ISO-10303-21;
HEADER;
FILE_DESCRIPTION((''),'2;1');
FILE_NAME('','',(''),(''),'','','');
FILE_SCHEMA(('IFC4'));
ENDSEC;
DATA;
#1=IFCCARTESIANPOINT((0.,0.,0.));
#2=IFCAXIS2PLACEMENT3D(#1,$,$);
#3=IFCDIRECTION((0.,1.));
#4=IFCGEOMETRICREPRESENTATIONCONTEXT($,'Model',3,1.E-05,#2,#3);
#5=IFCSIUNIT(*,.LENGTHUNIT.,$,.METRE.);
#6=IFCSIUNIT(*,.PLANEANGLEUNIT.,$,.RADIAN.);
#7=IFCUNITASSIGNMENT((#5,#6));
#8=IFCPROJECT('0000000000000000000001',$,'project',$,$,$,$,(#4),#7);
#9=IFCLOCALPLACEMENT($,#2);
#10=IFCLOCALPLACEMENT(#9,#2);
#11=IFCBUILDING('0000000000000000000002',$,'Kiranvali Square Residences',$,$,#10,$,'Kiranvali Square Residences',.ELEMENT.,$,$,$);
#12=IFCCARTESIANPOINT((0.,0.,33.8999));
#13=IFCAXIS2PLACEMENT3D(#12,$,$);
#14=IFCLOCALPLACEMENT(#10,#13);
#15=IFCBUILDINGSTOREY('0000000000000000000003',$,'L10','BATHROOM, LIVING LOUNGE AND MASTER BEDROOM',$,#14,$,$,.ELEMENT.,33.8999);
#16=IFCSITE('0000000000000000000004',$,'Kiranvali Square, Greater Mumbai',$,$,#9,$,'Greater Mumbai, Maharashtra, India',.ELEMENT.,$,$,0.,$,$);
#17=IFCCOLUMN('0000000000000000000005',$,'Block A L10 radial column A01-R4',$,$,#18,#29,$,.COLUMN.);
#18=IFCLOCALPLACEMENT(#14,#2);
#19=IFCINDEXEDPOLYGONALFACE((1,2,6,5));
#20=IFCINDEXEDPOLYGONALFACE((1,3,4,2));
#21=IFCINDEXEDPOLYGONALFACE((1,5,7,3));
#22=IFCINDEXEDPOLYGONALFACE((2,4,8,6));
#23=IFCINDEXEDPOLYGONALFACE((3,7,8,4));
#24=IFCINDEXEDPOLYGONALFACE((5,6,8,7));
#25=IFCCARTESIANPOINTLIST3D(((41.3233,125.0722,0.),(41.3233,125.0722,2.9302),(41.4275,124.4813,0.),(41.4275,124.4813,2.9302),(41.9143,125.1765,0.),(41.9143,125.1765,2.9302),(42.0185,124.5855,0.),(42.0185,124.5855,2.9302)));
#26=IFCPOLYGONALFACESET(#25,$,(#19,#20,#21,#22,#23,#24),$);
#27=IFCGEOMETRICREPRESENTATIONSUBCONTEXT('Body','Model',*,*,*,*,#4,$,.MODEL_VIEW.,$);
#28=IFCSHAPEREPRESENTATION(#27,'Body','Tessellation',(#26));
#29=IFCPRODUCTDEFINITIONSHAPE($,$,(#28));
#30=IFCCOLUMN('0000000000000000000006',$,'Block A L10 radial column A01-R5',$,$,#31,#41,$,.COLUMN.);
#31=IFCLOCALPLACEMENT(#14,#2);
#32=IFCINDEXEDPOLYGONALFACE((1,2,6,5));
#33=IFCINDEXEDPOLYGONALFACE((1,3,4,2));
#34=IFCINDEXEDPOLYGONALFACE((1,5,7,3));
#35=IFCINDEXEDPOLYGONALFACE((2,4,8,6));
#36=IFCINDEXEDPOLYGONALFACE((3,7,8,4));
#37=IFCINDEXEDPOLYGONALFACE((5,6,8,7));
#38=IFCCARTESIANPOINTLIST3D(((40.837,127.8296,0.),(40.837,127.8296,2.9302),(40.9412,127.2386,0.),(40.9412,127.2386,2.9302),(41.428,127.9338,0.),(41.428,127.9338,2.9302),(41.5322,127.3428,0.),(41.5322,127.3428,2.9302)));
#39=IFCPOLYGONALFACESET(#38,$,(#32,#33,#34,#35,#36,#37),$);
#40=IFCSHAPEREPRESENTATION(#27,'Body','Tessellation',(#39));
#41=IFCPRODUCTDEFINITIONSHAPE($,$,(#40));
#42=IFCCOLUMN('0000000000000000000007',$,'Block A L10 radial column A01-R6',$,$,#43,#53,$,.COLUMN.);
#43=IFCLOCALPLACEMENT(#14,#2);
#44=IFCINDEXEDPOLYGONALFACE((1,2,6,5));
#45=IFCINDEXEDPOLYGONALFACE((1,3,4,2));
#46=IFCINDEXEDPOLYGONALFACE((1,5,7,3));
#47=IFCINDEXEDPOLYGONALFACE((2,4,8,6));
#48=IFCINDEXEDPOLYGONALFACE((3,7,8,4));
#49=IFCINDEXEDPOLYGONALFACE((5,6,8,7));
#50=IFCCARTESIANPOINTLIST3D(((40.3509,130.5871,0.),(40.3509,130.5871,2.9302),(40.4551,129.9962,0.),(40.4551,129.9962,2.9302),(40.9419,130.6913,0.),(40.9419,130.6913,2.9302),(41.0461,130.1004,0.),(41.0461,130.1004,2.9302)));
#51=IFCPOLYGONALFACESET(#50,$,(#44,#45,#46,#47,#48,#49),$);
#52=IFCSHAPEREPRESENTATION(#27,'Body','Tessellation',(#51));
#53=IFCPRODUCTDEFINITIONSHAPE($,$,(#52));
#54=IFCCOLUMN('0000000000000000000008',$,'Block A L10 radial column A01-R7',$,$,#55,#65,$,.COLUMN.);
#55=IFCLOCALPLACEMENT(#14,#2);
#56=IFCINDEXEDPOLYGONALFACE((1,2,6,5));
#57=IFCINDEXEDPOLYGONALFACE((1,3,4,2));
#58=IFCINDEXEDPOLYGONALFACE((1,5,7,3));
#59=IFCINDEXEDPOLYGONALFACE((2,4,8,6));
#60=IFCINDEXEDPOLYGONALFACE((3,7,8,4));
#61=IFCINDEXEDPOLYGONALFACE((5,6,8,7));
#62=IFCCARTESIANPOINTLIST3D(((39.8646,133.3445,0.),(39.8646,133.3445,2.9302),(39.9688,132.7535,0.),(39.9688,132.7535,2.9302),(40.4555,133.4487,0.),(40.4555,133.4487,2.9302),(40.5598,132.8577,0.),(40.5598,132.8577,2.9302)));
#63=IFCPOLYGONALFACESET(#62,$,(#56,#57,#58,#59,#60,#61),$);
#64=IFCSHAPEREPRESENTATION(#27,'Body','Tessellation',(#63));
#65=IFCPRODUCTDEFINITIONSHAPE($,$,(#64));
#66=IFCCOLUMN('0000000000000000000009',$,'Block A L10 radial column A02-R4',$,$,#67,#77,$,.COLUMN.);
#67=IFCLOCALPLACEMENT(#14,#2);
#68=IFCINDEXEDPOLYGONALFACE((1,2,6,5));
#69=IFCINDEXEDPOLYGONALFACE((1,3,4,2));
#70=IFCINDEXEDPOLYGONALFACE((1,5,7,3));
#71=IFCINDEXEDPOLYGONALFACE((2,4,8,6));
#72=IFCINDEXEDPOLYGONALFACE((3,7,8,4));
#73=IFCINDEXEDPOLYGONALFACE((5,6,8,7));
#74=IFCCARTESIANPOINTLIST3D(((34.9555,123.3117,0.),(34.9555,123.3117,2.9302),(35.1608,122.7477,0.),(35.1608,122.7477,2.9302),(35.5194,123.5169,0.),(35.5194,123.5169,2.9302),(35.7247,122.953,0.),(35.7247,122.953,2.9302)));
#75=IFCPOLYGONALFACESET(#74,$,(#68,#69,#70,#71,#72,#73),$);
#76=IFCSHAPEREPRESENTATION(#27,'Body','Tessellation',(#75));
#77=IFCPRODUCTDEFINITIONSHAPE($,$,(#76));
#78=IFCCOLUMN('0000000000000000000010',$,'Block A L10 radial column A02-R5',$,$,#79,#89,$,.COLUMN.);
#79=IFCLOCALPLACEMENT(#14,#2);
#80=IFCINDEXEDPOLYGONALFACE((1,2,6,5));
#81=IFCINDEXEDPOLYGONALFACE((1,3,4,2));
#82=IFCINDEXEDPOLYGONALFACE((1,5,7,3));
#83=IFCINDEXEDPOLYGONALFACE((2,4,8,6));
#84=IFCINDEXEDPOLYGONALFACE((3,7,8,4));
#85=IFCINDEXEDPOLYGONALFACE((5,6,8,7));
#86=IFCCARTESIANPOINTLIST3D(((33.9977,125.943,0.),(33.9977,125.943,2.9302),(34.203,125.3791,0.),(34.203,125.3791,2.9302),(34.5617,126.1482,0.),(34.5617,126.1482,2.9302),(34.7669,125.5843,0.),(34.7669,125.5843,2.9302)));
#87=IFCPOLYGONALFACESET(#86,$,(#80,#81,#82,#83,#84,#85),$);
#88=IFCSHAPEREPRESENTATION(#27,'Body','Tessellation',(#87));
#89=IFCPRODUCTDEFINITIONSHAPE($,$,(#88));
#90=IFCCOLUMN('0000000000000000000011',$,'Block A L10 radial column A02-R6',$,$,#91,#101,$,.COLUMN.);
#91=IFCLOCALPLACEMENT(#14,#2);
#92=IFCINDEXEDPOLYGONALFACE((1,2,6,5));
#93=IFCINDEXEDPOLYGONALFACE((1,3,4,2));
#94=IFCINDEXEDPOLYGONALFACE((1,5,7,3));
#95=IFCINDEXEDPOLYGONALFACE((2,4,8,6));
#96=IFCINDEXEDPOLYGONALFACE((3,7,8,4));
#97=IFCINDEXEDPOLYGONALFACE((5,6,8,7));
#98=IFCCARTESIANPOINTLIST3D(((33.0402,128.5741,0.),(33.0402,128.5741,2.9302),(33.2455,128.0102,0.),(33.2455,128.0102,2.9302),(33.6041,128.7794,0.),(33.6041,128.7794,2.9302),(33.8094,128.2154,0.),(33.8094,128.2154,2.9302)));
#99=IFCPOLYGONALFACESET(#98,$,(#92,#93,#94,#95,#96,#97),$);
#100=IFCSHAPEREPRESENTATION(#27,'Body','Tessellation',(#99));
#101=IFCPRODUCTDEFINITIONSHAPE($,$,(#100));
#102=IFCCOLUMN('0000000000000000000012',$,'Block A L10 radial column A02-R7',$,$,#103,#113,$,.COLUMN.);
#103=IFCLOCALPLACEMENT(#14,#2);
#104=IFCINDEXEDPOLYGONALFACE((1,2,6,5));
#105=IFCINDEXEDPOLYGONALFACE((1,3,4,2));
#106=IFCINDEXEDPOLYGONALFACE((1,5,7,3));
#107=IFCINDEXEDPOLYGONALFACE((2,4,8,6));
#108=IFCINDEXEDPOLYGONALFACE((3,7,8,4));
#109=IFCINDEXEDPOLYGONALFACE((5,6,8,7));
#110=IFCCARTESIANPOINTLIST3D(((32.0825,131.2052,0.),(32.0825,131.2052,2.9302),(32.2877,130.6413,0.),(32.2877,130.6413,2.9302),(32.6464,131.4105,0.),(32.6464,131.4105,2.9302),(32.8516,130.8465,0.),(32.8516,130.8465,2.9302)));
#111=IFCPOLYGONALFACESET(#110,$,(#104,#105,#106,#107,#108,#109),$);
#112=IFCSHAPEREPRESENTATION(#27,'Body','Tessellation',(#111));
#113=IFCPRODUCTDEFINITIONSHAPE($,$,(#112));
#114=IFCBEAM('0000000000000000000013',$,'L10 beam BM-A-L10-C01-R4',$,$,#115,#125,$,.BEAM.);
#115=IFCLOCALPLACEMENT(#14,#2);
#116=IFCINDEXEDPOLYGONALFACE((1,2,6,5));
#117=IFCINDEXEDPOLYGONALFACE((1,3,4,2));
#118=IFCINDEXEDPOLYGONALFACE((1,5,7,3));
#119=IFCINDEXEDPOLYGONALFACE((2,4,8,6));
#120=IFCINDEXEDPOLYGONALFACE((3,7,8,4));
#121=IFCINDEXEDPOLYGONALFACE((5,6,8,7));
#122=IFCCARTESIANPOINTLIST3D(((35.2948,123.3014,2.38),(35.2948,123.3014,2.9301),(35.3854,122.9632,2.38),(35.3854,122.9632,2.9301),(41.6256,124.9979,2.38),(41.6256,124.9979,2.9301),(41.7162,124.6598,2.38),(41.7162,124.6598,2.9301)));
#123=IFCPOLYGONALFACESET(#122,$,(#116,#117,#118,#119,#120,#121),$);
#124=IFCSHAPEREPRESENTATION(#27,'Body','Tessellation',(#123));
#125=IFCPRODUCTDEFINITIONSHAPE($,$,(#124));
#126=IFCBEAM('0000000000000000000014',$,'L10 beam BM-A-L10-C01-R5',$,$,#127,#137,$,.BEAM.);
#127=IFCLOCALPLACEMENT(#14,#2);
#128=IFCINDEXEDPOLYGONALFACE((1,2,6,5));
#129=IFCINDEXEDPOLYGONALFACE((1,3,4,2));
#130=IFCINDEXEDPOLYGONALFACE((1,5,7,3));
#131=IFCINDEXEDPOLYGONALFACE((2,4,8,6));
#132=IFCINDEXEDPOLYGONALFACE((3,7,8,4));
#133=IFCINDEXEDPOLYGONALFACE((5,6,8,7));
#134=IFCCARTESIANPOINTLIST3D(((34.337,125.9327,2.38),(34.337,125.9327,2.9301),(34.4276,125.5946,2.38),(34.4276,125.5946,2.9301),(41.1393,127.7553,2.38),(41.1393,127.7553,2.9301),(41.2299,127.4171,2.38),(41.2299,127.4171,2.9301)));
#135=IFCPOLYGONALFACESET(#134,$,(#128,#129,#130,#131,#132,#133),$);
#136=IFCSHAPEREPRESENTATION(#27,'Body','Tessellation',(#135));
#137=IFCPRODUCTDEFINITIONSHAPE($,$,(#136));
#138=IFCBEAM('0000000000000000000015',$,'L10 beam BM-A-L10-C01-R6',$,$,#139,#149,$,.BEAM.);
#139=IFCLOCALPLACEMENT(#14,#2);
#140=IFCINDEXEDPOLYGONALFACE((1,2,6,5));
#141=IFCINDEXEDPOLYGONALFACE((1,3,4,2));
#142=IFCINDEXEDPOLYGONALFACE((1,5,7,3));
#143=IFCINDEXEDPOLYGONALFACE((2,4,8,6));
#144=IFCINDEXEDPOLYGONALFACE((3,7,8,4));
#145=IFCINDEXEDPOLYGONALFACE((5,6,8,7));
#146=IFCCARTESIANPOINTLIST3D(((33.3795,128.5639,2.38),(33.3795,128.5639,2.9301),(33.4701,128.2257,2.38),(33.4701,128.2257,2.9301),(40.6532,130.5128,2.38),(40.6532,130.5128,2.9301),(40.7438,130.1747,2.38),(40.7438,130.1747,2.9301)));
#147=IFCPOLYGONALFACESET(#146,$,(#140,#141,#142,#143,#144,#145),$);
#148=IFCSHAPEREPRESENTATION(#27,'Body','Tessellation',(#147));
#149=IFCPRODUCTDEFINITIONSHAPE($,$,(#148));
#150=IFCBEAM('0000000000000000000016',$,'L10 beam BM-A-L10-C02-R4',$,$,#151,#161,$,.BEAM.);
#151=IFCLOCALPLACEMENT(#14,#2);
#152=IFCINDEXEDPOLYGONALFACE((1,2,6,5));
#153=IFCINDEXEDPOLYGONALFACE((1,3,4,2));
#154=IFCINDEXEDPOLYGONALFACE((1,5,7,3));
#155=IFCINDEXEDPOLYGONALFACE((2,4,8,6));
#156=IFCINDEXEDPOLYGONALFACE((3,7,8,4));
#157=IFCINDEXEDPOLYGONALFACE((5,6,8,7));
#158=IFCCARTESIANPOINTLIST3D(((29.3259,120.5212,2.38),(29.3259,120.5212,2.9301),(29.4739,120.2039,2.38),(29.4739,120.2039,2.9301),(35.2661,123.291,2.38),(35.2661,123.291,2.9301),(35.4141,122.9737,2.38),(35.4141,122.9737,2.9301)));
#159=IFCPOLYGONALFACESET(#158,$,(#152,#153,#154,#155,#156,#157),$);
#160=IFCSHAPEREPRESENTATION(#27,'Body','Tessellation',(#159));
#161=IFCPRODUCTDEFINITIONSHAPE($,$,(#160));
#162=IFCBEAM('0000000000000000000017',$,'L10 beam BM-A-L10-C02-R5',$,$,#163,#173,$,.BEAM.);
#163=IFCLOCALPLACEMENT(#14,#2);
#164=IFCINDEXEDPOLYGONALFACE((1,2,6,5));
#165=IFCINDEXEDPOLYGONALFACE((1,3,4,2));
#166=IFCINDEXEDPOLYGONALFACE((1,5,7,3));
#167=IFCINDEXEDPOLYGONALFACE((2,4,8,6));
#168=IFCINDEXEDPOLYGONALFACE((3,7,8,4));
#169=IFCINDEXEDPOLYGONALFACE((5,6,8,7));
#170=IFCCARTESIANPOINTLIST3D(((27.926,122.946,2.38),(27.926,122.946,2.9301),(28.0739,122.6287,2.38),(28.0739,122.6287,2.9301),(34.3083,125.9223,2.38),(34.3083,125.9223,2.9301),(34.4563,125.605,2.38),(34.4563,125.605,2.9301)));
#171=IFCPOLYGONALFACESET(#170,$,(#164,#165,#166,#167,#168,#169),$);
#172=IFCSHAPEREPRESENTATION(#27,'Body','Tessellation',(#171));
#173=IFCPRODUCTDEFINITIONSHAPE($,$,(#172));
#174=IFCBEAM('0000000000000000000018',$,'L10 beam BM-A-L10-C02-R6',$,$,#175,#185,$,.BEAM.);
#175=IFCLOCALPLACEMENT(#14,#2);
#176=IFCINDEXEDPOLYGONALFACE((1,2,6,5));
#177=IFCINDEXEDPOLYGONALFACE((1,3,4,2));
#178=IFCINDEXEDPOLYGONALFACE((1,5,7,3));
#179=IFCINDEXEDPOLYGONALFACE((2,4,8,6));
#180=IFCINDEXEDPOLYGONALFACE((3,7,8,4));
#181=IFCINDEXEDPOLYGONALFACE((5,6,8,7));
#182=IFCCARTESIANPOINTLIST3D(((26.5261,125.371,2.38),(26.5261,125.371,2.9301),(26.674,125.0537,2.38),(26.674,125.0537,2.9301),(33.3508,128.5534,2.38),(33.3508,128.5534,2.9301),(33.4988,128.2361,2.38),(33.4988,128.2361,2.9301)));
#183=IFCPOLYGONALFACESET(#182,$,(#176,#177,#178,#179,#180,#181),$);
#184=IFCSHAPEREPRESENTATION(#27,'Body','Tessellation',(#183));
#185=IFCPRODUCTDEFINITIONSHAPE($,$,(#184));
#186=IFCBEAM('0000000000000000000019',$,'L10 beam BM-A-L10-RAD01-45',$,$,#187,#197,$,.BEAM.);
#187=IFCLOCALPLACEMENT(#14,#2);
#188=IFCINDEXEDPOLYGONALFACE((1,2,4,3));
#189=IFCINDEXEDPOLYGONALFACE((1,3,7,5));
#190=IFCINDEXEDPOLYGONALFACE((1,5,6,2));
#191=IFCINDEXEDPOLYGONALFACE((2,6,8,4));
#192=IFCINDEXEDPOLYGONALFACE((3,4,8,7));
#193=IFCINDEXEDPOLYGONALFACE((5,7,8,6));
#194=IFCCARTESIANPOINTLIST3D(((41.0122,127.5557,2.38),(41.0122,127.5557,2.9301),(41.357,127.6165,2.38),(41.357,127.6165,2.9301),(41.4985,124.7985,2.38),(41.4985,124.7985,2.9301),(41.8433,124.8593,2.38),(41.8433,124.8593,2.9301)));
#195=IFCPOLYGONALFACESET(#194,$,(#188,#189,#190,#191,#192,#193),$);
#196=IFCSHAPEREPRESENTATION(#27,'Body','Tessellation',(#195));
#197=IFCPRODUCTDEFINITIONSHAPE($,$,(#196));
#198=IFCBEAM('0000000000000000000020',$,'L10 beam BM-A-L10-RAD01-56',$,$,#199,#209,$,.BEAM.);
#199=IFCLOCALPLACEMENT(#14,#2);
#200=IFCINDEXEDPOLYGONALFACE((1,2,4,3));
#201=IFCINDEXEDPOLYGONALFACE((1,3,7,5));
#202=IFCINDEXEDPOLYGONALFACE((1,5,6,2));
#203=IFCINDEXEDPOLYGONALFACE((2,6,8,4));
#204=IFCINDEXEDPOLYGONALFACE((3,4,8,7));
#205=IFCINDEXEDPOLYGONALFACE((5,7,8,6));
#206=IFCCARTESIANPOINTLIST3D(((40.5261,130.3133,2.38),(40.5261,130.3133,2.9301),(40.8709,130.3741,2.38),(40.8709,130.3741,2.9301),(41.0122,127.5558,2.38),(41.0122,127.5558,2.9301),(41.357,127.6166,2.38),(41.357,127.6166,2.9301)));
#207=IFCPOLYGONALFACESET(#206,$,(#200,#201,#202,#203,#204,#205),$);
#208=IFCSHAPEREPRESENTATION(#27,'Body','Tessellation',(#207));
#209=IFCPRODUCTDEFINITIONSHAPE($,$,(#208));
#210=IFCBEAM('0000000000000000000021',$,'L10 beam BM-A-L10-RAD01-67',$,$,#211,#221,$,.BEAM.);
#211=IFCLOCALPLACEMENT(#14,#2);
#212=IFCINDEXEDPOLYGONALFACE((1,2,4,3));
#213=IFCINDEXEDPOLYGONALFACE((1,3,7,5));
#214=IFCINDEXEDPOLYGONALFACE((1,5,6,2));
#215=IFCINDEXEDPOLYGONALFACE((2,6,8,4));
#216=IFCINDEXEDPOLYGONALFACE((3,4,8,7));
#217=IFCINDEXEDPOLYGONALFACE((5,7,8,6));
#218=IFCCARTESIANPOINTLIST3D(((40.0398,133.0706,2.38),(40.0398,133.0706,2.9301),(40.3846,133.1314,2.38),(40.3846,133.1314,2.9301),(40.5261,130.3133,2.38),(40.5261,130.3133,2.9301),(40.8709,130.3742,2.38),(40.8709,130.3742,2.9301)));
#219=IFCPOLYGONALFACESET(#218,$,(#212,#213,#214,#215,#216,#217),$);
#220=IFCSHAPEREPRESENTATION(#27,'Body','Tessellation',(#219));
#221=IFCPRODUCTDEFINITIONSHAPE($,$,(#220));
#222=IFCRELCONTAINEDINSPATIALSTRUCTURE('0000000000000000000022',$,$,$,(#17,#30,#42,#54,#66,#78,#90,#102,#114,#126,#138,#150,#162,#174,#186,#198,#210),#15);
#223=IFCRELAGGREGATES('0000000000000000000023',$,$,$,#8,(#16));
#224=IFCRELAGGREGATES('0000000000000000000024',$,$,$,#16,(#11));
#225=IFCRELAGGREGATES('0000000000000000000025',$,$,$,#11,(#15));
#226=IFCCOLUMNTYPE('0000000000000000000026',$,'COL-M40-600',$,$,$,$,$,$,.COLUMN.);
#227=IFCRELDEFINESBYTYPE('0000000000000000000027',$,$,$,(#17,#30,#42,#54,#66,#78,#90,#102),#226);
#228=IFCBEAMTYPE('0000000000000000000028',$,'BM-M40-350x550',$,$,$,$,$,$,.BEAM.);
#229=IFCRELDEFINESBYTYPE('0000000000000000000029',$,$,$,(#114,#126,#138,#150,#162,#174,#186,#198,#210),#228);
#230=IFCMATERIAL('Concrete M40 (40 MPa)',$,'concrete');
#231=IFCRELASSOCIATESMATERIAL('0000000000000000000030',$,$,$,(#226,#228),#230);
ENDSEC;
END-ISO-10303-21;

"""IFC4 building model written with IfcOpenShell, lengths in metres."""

from ifc_helpers import new_model, si_unit, direction, frame, origin, origin_2d, place, context, subcontext, project, spatial, rectangle, extrude, material, material_profile, profile_set, type_object, element, save


model = new_model("IFC4")

# Units and contexts
model_context = context("Model", 3, precision=1e-05, world=origin(), true_north=direction((0.0, 1.0)))
body_context = subcontext(model_context, "Body", "Model", "MODEL_VIEW")
ifc_project = project(units=[si_unit("LENGTHUNIT", "METRE"), si_unit("PLANEANGLEUNIT", "RADIAN")], contexts=[model_context])

# Site, building, storey
site_placement = place(None, origin())
site = spatial("IfcSite", under=ifc_project, at=site_placement, Name="Kiranvali Square, Greater Mumbai", LongName="Greater Mumbai, Maharashtra, India", CompositionType="ELEMENT", RefElevation=0.0)
building_placement = place(site_placement, origin())
building = spatial("IfcBuilding", under=site, at=building_placement, Name="Kiranvali Square Residences", LongName="Kiranvali Square Residences", CompositionType="ELEMENT")
storey_placement = place(building_placement, frame((0.0, 0.0, 33.8999)))
storey = spatial("IfcBuildingStorey", under=building, at=storey_placement, Name="L10", Description="BATHROOM, LIVING LOUNGE AND MASTER BEDROOM", CompositionType="ELEMENT", Elevation=33.8999)

# Columns
ifc_material_1 = material(Name="Concrete M40 (40 MPa)", Category="concrete")
ifc_material_profile_1 = material_profile(ifc_material_1, rectangle(XDim=0.6001, YDim=0.6001, at=origin_2d()), Name="RC 600x600")
ifc_profile_set_1 = profile_set([ifc_material_profile_1], Name="Concrete M40 (40 MPa)")
column_type = type_object("IfcColumnType", Name="COL-M40-600", PredefinedType="COLUMN", material=ifc_profile_set_1)
for number, where, z_axis, x_axis, name in (
    (1, (41.6709, 124.8289, 0.0), (0.0, 0.0, 1.0), (0.984808, 0.173648, 0.0), "Block A L10 radial column A01-R4"),
    (2, (41.1846, 127.5862, 0.0), (0.0, 0.0, 1.0), (0.984808, 0.173648, 0.0), "Block A L10 radial column A01-R5"),
    (3, (40.6985, 130.3438, 0.0), (0.0, 0.0, 1.0), (0.984808, 0.173648, 0.0), "Block A L10 radial column A01-R6"),
    (4, (40.2122, 133.1011, 0.0), (0.0, 0.0, 1.0), (0.984808, 0.173648, 0.0), "Block A L10 radial column A01-R7"),
    (5, (35.3401, 123.1323, 0.0), (0.0, 0.0, 1.0), (0.939693, 0.34202, 0.0), "Block A L10 radial column A02-R4"),
    (6, (34.3823, 125.7637, 0.0), (0.0, 0.0, 1.0), (0.939693, 0.34202, 0.0), "Block A L10 radial column A02-R5"),
    (7, (33.4248, 128.3948, 0.0), (0.0, 0.0, 1.0), (0.939693, 0.34202, 0.0), "Block A L10 radial column A02-R6"),
    (8, (32.467, 131.0259, 0.0), (0.0, 0.0, 1.0), (0.939693, 0.34202, 0.0), "Block A L10 radial column A02-R7"),
):
    element("IfcColumn", number, at=place(storey_placement, frame(where, z_axis=z_axis, x_axis=x_axis)), inside=storey, type_object=column_type, Name=name, PredefinedType="COLUMN", context=body_context, shape_type="SweptSolid", body=[
        extrude(rectangle(XDim=0.6001, YDim=0.6001, at=origin_2d()), origin(), (0.0, 0.0, 1.0), 2.9302),
    ])

# Beams
ifc_material_profile_2 = material_profile(ifc_material_1, rectangle(XDim=0.3501, YDim=0.55, at=origin_2d()), Name="RC 350x550")
ifc_profile_set_2 = profile_set([ifc_material_profile_2], Name="Concrete M40 (40 MPa)")
beam_type_1 = type_object("IfcBeamType", Name="BM-M40-350x550", PredefinedType="BEAM", material=ifc_profile_set_2)
beam_1_placement = place(storey_placement, frame((41.6709, 124.8289, 2.655), z_axis=(-0.965918, -0.258847, 0.0), x_axis=(0.258847, -0.965918, 0.0)))
element("IfcBeam", 9, at=beam_1_placement, inside=storey, type_object=beam_type_1, Name="L10 beam BM-A-L10-C01-R4", PredefinedType="BEAM", context=body_context, shape_type="SweptSolid", body=[
    extrude(rectangle(XDim=0.3501, YDim=0.55, at=origin_2d()), origin(), (0.0, 0.0, 1.0), 6.5542),
])
beam_2_placement = place(storey_placement, frame((41.1846, 127.5862, 2.655), z_axis=(-0.965931, -0.2588, 0.0), x_axis=(0.2588, -0.965931, 0.0)))
element("IfcBeam", 10, at=beam_2_placement, inside=storey, type_object=beam_type_1, Name="L10 beam BM-A-L10-C01-R5", PredefinedType="BEAM", context=body_context, shape_type="SweptSolid", body=[
    extrude(rectangle(XDim=0.3501, YDim=0.55, at=origin_2d()), origin(), (0.0, 0.0, 1.0), 7.0422),
])
beam_3_placement = place(storey_placement, frame((40.6985, 130.3438, 2.655), z_axis=(-0.965926, -0.258819, 0.0), x_axis=(0.258819, -0.965926, 0.0)))
element("IfcBeam", 11, at=beam_3_placement, inside=storey, type_object=beam_type_1, Name="L10 beam BM-A-L10-C01-R6", PredefinedType="BEAM", context=body_context, shape_type="SweptSolid", body=[
    extrude(rectangle(XDim=0.3501, YDim=0.55, at=origin_2d()), origin(), (0.0, 0.0, 1.0), 7.5303),
])
beam_4_placement = place(storey_placement, frame((35.3401, 123.1323, 2.655), z_axis=(-0.906318, -0.422596, 0.0), x_axis=(0.422596, -0.906318, 0.0)))
element("IfcBeam", 12, at=beam_4_placement, inside=storey, type_object=beam_type_1, Name="L10 beam BM-A-L10-C02-R4", PredefinedType="BEAM", context=body_context, shape_type="SweptSolid", body=[
    extrude(rectangle(XDim=0.3501, YDim=0.55, at=origin_2d()), origin(), (0.0, 0.0, 1.0), 6.5542),
])
beam_5_placement = place(storey_placement, frame((34.3823, 125.7637, 2.655), z_axis=(-0.906297, -0.422641, 0.0), x_axis=(0.422641, -0.906297, 0.0)))
element("IfcBeam", 13, at=beam_5_placement, inside=storey, type_object=beam_type_1, Name="L10 beam BM-A-L10-C02-R5", PredefinedType="BEAM", context=body_context, shape_type="SweptSolid", body=[
    extrude(rectangle(XDim=0.3501, YDim=0.55, at=origin_2d()), origin(), (0.0, 0.0, 1.0), 7.0422),
])
beam_6_placement = place(storey_placement, frame((33.4248, 128.3948, 2.655), z_axis=(-0.90631, -0.422614, 0.0), x_axis=(0.422614, -0.90631, 0.0)))
element("IfcBeam", 14, at=beam_6_placement, inside=storey, type_object=beam_type_1, Name="L10 beam BM-A-L10-C02-R6", PredefinedType="BEAM", context=body_context, shape_type="SweptSolid", body=[
    extrude(rectangle(XDim=0.3501, YDim=0.55, at=origin_2d()), origin(), (0.0, 0.0, 1.0), 7.5303),
])
beam_7_placement = place(storey_placement, frame((41.6709, 124.8289, 2.655), z_axis=(-0.173696, 0.984799, 0.0), x_axis=(-0.984799, -0.173696, 0.0)))
element("IfcBeam", 15, at=beam_7_placement, inside=storey, type_object=beam_type_1, Name="L10 beam BM-A-L10-RAD01-45", PredefinedType="BEAM", context=body_context, shape_type="SweptSolid", body=[
    extrude(rectangle(XDim=0.3501, YDim=0.55, at=origin_2d()), origin(), (0.0, 0.0, 1.0), 2.7998),
])
beam_8_placement = place(storey_placement, frame((41.1846, 127.5862, 2.655), z_axis=(-0.173596, 0.984817, 0.0), x_axis=(-0.984817, -0.173596, 0.0)))
element("IfcBeam", 16, at=beam_8_placement, inside=storey, type_object=beam_type_1, Name="L10 beam BM-A-L10-RAD01-56", PredefinedType="BEAM", context=body_context, shape_type="SweptSolid", body=[
    extrude(rectangle(XDim=0.3501, YDim=0.55, at=origin_2d()), origin(), (0.0, 0.0, 1.0), 2.8),
])
beam_9_placement = place(storey_placement, frame((40.6985, 130.3438, 2.655), z_axis=(-0.173696, 0.984799, 0.0), x_axis=(-0.984799, -0.173696, 0.0)))
element("IfcBeam", 17, at=beam_9_placement, inside=storey, type_object=beam_type_1, Name="L10 beam BM-A-L10-RAD01-67", PredefinedType="BEAM", context=body_context, shape_type="SweptSolid", body=[
    extrude(rectangle(XDim=0.3501, YDim=0.55, at=origin_2d()), origin(), (0.0, 0.0, 1.0), 2.7998),
])

save(model, "model.ifc")
